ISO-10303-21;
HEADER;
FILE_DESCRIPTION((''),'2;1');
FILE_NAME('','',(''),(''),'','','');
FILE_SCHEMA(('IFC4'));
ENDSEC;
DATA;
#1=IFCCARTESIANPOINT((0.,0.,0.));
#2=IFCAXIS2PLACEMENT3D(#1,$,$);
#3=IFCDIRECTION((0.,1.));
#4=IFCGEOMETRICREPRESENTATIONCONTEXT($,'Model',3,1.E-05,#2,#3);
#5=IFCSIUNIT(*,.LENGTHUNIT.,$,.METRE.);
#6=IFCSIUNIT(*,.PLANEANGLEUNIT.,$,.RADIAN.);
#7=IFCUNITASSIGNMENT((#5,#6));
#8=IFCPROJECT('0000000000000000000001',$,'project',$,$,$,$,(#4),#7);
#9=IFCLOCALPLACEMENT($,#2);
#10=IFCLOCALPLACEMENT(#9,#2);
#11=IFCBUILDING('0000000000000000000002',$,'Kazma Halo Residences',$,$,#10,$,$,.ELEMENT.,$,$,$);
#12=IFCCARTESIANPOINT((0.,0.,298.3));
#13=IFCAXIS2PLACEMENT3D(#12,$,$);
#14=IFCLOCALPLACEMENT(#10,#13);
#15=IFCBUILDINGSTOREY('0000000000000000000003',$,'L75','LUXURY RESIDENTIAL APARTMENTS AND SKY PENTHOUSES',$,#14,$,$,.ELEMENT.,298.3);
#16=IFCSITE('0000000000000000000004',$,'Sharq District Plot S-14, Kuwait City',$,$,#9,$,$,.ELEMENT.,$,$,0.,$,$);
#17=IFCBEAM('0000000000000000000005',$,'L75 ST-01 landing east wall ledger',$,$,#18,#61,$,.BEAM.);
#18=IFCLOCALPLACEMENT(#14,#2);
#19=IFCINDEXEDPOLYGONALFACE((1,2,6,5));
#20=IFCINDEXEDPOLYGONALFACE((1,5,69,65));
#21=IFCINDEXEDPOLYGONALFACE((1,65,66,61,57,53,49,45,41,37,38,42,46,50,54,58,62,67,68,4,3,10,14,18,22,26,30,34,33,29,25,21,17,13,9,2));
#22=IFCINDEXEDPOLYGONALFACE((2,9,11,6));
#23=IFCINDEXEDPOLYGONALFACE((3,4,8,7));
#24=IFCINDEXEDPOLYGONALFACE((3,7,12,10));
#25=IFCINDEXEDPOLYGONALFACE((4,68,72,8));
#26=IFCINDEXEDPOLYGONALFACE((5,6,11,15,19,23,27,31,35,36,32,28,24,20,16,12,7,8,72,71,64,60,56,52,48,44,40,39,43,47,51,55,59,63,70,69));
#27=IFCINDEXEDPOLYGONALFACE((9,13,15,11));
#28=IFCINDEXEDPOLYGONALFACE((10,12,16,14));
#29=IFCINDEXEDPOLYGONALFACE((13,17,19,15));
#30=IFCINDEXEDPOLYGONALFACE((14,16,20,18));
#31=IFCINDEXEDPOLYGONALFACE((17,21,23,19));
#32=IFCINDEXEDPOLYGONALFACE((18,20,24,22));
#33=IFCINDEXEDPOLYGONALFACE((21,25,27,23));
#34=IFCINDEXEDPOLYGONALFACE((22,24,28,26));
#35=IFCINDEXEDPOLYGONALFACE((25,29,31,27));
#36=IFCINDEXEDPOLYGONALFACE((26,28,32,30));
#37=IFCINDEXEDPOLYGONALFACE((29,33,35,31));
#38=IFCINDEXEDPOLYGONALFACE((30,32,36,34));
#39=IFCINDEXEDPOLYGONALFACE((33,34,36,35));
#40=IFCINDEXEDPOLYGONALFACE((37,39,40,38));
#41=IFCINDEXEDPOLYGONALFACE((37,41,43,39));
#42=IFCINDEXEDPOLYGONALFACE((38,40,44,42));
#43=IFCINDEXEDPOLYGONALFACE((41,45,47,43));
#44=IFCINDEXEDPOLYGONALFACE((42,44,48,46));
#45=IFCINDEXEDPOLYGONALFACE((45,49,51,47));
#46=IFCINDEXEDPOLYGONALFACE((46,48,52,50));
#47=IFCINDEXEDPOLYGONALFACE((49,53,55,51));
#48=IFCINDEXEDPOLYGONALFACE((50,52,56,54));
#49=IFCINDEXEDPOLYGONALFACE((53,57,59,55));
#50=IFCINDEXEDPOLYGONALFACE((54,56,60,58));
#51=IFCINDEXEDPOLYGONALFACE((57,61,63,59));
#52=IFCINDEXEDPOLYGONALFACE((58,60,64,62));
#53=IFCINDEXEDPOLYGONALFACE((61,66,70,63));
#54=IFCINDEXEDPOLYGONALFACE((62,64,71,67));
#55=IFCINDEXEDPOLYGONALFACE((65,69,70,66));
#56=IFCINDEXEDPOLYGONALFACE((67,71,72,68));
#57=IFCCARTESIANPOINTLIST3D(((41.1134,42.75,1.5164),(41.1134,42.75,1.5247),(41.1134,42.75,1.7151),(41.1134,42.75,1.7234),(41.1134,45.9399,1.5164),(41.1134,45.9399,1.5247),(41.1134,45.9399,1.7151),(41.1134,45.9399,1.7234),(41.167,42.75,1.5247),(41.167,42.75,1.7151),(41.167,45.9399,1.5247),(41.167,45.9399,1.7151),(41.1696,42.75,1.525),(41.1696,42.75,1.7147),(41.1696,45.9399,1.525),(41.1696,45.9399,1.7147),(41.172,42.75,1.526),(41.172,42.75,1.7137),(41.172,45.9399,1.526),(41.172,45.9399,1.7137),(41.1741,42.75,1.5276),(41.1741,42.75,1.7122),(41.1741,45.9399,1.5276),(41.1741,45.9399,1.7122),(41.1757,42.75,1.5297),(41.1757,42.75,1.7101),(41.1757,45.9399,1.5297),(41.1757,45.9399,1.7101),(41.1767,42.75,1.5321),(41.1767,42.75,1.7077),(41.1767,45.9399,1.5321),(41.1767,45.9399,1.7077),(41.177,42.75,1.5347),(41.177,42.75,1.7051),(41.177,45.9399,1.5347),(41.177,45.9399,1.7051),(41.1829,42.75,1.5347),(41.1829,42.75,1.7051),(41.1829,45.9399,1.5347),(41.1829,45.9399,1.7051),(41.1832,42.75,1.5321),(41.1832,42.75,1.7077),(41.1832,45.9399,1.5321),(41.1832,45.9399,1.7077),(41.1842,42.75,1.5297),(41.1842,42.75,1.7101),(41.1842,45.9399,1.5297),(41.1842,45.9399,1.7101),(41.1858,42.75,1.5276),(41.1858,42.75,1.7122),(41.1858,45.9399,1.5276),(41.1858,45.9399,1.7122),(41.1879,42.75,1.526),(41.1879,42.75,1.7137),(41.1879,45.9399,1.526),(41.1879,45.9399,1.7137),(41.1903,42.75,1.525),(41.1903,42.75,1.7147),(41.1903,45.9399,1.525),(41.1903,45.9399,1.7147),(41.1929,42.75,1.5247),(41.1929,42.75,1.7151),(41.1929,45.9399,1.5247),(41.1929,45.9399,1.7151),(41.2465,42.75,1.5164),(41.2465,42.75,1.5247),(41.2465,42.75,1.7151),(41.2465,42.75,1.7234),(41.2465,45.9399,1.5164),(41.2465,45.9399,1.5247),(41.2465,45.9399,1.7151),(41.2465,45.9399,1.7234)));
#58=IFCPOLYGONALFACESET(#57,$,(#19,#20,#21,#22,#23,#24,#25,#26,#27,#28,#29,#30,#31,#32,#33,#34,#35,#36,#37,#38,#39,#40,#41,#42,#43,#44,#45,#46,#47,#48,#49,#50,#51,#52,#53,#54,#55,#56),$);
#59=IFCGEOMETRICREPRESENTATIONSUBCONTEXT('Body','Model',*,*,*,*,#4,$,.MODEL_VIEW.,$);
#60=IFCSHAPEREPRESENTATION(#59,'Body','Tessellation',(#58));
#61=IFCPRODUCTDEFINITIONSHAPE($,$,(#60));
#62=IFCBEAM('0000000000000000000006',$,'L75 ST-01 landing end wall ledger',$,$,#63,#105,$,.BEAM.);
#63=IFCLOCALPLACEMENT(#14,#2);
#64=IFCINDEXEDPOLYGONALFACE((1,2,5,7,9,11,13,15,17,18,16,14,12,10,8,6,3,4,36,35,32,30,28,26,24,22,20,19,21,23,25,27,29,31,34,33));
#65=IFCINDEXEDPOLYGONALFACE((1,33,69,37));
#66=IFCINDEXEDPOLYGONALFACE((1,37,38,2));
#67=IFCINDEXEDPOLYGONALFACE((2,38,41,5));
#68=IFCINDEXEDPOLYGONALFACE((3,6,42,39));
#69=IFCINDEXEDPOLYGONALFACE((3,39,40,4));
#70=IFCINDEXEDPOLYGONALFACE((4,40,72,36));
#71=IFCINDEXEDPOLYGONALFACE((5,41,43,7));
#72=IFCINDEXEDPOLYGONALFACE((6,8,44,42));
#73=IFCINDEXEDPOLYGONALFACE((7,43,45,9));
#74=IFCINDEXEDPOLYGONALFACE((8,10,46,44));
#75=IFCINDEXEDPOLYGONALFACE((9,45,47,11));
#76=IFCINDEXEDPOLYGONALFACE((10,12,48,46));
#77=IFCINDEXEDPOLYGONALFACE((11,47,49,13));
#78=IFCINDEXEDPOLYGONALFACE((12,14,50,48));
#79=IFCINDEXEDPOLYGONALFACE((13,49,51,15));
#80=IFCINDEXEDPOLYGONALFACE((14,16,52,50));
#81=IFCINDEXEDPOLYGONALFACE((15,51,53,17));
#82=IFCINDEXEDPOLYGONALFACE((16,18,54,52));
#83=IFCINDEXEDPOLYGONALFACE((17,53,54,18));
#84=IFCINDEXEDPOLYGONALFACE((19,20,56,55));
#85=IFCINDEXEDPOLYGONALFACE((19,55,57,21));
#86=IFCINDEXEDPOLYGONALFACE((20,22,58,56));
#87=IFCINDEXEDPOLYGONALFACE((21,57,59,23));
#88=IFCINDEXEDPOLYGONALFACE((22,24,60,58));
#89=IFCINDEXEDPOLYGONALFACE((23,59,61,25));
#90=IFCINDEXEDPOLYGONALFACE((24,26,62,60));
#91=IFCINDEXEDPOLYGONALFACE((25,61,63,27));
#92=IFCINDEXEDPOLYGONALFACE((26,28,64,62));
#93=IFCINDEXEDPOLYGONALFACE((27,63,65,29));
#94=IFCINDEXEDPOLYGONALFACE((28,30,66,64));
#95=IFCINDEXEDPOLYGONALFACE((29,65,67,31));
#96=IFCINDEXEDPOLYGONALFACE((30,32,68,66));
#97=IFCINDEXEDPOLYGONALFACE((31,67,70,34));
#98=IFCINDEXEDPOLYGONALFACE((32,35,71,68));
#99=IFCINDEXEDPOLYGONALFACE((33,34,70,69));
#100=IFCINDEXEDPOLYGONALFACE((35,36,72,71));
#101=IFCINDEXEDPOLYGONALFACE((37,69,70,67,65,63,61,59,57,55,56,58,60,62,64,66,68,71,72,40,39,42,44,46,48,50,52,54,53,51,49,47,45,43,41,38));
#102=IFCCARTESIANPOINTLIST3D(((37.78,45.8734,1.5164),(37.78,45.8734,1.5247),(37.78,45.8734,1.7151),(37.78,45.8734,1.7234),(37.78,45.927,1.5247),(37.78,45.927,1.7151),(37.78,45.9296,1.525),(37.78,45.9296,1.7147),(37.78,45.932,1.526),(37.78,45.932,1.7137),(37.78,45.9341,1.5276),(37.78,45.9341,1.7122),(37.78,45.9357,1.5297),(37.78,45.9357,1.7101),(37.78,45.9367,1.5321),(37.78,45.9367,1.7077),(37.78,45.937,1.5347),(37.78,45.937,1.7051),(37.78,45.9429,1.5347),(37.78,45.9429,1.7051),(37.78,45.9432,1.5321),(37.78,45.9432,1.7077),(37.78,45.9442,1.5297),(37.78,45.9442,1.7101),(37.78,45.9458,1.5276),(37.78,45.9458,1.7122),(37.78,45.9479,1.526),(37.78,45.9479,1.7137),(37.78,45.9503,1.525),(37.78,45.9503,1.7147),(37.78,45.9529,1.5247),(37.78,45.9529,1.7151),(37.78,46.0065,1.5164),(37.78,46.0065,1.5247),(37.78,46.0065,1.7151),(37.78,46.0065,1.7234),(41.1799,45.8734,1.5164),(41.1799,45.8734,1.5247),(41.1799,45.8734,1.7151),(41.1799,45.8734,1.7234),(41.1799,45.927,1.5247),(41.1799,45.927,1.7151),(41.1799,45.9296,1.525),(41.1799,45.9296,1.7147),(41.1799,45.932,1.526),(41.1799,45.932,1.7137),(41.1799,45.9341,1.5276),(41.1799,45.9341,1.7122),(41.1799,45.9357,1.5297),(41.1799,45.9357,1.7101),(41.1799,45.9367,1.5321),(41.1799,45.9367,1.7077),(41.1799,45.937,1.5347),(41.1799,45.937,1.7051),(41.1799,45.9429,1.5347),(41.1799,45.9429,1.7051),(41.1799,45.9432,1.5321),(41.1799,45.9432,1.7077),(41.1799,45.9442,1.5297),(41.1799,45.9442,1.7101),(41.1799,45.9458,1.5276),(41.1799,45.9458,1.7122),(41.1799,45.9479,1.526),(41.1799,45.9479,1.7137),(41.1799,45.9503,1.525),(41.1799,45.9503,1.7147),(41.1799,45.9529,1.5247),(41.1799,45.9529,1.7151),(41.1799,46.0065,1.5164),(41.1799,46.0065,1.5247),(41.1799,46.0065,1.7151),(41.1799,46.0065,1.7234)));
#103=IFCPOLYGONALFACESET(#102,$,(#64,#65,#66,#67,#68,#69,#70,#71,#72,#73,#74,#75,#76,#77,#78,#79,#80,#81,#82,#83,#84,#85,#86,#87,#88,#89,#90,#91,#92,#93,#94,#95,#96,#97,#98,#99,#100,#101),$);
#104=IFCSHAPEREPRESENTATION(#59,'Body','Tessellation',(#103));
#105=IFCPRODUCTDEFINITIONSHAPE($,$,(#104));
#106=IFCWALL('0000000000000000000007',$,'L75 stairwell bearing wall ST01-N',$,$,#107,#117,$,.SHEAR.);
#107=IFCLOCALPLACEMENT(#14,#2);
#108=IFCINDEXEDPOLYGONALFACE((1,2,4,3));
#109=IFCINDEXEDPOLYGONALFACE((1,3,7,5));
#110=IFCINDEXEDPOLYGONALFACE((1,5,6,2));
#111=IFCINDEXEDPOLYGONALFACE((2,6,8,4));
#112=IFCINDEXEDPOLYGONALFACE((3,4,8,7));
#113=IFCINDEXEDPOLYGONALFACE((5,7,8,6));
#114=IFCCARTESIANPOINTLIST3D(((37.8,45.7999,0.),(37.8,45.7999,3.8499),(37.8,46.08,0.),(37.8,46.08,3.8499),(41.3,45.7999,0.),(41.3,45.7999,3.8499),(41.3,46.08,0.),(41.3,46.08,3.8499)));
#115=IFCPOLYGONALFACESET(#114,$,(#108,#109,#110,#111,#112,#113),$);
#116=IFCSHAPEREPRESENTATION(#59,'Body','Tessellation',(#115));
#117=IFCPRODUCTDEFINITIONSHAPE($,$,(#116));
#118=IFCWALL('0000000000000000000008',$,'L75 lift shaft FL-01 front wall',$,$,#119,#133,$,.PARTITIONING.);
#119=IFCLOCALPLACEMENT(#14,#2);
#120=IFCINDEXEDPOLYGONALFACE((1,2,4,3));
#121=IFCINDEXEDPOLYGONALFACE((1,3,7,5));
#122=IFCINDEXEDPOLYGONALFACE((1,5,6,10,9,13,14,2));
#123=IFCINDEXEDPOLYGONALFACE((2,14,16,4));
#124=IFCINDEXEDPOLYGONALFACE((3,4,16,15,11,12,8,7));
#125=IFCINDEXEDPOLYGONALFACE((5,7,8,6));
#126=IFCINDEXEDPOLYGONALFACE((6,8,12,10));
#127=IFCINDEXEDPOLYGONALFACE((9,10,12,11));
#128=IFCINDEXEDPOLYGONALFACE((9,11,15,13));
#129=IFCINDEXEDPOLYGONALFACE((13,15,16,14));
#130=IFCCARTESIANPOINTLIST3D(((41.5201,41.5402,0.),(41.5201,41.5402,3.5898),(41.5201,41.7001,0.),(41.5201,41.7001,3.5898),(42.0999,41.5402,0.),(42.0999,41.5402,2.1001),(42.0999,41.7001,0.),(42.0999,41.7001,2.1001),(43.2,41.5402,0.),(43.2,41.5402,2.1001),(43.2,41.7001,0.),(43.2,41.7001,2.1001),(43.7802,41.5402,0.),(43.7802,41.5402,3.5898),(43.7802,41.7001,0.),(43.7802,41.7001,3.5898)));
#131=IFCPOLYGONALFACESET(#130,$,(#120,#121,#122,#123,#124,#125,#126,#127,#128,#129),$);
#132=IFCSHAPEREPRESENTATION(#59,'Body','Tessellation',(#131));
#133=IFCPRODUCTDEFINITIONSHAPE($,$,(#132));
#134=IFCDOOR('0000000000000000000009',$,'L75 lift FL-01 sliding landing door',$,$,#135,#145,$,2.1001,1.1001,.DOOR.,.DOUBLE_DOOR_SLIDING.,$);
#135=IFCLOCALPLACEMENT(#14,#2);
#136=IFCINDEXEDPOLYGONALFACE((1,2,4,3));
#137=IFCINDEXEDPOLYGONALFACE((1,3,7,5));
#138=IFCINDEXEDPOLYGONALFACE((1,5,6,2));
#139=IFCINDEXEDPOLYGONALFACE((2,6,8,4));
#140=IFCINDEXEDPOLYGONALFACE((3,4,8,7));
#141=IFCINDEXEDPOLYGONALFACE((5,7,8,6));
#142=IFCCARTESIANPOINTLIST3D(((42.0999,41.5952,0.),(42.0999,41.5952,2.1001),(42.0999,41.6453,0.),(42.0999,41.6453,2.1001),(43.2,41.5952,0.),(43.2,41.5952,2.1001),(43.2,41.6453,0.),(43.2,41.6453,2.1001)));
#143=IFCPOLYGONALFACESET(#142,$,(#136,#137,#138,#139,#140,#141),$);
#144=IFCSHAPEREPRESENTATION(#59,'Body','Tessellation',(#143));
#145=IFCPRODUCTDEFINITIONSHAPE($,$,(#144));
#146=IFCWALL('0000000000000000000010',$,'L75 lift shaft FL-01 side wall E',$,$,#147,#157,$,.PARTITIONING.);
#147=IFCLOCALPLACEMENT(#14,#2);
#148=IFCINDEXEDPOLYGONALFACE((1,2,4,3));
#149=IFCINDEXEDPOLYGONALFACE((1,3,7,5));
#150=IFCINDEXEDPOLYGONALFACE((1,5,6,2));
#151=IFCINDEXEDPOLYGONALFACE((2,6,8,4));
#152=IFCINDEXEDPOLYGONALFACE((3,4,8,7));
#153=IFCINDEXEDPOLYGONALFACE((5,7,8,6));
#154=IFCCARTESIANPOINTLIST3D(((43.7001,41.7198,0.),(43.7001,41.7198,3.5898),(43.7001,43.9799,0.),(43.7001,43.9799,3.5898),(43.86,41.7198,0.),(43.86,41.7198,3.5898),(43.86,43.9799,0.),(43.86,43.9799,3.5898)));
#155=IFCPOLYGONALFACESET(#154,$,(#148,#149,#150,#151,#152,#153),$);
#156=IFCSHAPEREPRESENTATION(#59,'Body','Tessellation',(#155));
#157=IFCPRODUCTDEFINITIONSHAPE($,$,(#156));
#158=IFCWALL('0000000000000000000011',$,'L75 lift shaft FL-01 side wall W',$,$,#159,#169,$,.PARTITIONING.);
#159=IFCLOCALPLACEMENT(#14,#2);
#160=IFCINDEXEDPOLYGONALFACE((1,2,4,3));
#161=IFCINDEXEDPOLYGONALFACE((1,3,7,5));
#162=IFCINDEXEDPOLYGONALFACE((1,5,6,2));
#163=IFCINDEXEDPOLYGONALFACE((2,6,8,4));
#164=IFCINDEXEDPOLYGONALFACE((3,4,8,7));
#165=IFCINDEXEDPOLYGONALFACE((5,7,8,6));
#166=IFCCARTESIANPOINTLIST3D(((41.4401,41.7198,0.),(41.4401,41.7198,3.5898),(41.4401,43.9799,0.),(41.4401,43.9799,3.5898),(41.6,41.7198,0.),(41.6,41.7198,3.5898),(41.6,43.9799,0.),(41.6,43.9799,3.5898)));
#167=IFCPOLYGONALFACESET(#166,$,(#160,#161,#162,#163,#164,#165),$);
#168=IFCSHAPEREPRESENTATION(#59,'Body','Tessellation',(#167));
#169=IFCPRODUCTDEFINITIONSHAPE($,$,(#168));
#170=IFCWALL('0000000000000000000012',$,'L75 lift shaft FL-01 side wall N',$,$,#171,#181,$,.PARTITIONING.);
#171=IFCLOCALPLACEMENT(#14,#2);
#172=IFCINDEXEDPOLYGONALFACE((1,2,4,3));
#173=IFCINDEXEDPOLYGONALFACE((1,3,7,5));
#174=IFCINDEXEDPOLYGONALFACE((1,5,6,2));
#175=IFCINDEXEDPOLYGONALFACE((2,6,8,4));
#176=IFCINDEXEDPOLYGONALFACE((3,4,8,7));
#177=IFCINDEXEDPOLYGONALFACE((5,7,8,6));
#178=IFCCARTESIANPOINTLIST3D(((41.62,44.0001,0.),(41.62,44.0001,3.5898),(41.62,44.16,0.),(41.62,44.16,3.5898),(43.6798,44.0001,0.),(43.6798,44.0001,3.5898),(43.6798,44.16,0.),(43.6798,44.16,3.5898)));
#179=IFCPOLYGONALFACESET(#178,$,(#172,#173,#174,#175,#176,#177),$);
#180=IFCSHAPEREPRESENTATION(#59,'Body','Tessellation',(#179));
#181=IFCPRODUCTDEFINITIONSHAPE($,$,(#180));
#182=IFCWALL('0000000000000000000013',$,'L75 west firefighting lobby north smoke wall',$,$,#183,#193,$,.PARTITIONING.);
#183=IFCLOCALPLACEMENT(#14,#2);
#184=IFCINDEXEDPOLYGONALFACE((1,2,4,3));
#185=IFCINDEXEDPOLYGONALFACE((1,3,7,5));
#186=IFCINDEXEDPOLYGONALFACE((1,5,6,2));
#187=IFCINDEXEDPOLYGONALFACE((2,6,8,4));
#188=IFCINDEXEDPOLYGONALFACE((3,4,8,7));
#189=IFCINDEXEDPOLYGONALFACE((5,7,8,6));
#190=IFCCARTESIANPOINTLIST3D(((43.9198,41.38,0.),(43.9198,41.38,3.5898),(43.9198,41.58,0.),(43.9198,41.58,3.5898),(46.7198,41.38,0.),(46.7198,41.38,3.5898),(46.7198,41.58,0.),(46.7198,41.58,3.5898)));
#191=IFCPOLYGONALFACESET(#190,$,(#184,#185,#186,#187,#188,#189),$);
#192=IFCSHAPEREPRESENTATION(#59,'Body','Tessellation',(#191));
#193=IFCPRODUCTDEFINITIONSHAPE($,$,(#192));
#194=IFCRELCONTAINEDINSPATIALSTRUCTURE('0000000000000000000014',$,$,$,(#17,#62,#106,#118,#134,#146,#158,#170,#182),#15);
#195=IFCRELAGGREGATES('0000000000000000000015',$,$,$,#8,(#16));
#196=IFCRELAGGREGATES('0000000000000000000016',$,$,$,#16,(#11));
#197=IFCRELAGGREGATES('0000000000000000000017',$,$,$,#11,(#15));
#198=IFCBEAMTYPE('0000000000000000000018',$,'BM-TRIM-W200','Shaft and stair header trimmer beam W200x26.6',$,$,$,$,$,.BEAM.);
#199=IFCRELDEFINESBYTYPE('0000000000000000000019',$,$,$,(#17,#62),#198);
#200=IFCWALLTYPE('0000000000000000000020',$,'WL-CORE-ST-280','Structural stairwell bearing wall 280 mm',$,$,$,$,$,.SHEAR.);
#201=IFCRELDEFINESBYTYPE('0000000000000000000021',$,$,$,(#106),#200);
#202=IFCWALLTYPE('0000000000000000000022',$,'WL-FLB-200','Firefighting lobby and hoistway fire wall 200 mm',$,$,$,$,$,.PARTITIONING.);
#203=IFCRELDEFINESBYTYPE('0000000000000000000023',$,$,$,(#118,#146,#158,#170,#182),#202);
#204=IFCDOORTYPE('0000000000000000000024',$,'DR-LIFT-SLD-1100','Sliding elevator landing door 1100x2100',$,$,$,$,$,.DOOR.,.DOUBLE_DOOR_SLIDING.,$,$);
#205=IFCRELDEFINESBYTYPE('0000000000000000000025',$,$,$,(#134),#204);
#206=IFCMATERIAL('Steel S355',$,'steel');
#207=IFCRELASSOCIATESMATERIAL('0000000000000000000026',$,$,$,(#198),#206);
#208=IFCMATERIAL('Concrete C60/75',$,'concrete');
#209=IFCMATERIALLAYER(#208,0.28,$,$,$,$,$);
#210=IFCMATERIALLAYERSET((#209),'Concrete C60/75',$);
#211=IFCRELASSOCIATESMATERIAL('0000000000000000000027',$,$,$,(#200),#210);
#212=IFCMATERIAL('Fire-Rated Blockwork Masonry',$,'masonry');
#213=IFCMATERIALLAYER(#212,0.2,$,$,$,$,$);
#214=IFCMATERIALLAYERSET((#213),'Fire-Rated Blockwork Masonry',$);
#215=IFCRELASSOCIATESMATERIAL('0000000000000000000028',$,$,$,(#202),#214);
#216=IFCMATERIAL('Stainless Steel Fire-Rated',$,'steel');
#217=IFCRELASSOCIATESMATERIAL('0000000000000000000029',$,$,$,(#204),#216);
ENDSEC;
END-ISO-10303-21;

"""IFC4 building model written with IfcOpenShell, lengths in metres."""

from ifc_helpers import new_model, si_unit, direction, frame, frame_2d, origin, origin_2d, place, context, subcontext, project, spatial, rectangle, i_section, extrude, material, layer, layer_set, material_profile, profile_set, type_object, element, fill, save


model = new_model("IFC4")

# Units and contexts
model_context = context("Model", 3, precision=1e-05, world=origin(), true_north=direction((0.0, 1.0)))
body_context = subcontext(model_context, "Body", "Model", "MODEL_VIEW")
ifc_project = project(units=[si_unit("LENGTHUNIT", "METRE"), si_unit("PLANEANGLEUNIT", "RADIAN")], contexts=[model_context])

# Site, building, storey
site_placement = place(None, origin())
site = spatial("IfcSite", under=ifc_project, at=site_placement, Name="Sharq District Plot S-14, Kuwait City", CompositionType="ELEMENT", RefElevation=0.0)
building_placement = place(site_placement, origin())
building = spatial("IfcBuilding", under=site, at=building_placement, Name="Kazma Halo Residences", CompositionType="ELEMENT")
storey_placement = place(building_placement, frame((0.0, 0.0, 298.3)))
storey = spatial("IfcBuildingStorey", under=building, at=storey_placement, Name="L75", Description="LUXURY RESIDENTIAL APARTMENTS AND SKY PENTHOUSES", CompositionType="ELEMENT", Elevation=298.3)

# Shared definitions
ifc_material_1 = material(Name="Steel S355", Category="steel")

# Beams
ifc_material_profile_1 = material_profile(ifc_material_1, i_section(OverallWidth=0.1331, OverallDepth=0.207, WebThickness=0.0059, FlangeThickness=0.0083, FilletRadius=0.01, at=origin_2d()), Name="W200x26.6")
ifc_profile_set_1 = profile_set([ifc_material_profile_1], Name="Steel S355")
beam_type_1 = type_object("IfcBeamType", Name="BM-TRIM-W200", Description="Shaft and stair header trimmer beam W200x26.6", PredefinedType="BEAM", material=ifc_profile_set_1)
beam_1_placement = place(storey_placement, frame((41.1799, 42.75, 1.6199), z_axis=(0.0, 1.0, 0.0), x_axis=(-1.0, 0.0, 0.0)))
element("IfcBeam", 1, at=beam_1_placement, inside=storey, type_object=beam_type_1, Name="L75 ST-01 landing east wall ledger", PredefinedType="BEAM", context=body_context, shape_type="SweptSolid", body=[
    extrude(i_section(OverallWidth=0.1331, OverallDepth=0.207, WebThickness=0.0059, FlangeThickness=0.0083, FilletRadius=0.01, at=origin_2d()), origin(), (0.0, 0.0, 1.0), 3.1899),
])
beam_2_placement = place(storey_placement, frame((37.78, 45.9399, 1.6199), z_axis=(1.0, 0.0, 0.0), x_axis=(0.0, 1.0, 0.0)))
element("IfcBeam", 2, at=beam_2_placement, inside=storey, type_object=beam_type_1, Name="L75 ST-01 landing end wall ledger", PredefinedType="BEAM", context=body_context, shape_type="SweptSolid", body=[
    extrude(i_section(OverallWidth=0.1331, OverallDepth=0.207, WebThickness=0.0059, FlangeThickness=0.0083, FilletRadius=0.01, at=origin_2d()), origin(), (0.0, 0.0, 1.0), 3.3999),
])

# Wall
ifc_material_2 = material(Name="Concrete C60/75", Category="concrete")
ifc_layer_1 = layer(ifc_material_2, 0.28)
ifc_layer_set_1 = layer_set([ifc_layer_1], Name="Concrete C60/75")
wall_type_1 = type_object("IfcWallType", Name="WL-CORE-ST-280", Description="Structural stairwell bearing wall 280 mm", PredefinedType="SHEAR", material=ifc_layer_set_1)
wall_1_placement = place(storey_placement, frame((37.8, 45.9399, 0.0), z_axis=(0.0, 0.0, 1.0), x_axis=(1.0, 0.0, 0.0)))
element("IfcWall", 3, at=wall_1_placement, inside=storey, type_object=wall_type_1, Name="L75 stairwell bearing wall ST01-N", PredefinedType="SHEAR", context=body_context, shape_type="SweptSolid", body=[
    extrude(rectangle(XDim=3.5, YDim=0.28, at=frame_2d((1.75, 0.0))), origin(), (0.0, 0.0, 1.0), 3.8499),
])

# Wall, opening, door
ifc_material_3 = material(Name="Fire-Rated Blockwork Masonry", Category="masonry")
ifc_layer_2 = layer(ifc_material_3, 0.2)
ifc_layer_set_2 = layer_set([ifc_layer_2], Name="Fire-Rated Blockwork Masonry")
wall_type_2 = type_object("IfcWallType", Name="WL-FLB-200", Description="Firefighting lobby and hoistway fire wall 200 mm", PredefinedType="PARTITIONING", material=ifc_layer_set_2)
wall_2_placement = place(storey_placement, frame((43.78, 41.6201, 0.0), z_axis=(0.0, 0.0, 1.0), x_axis=(-1.0, 0.0, 0.0)))
wall_2 = element("IfcWall", 4, at=wall_2_placement, inside=storey, type_object=wall_type_2, Name="L75 lift shaft FL-01 front wall", PredefinedType="PARTITIONING", context=body_context, shape_type="SweptSolid", body=[
    extrude(rectangle(XDim=2.26, YDim=0.1599, at=frame_2d((1.1299, 0.0))), origin(), (0.0, 0.0, 1.0), 3.5898),
])
opening_1_placement = place(wall_2_placement, frame((0.5801, 0.0, 0.0)))
opening_1 = element("IfcOpeningElement", 5, at=opening_1_placement, cuts=wall_2, PredefinedType="OPENING", context=body_context, shape_type="SweptSolid", body=[
    extrude(rectangle(XDim=1.1001, YDim=2.1001, at=frame_2d((0.55, 1.05))), frame((0.0, 0.0898, 0.0), z_axis=(0.0, -1.0, 0.0), x_axis=(1.0, 0.0, 0.0)), (0.0, 0.0, 1.0), 0.1799),
])
ifc_material_4 = material(Name="Stainless Steel Fire-Rated", Category="steel")
door_type_1 = type_object("IfcDoorType", Name="DR-LIFT-SLD-1100", Description="Sliding elevator landing door 1100x2100", OperationType="DOUBLE_DOOR_SLIDING", PredefinedType="DOOR", material=ifc_material_4)
door_1_placement = place(opening_1_placement, origin())
door_1 = element("IfcDoor", 6, at=door_1_placement, inside=storey, type_object=door_type_1, Name="L75 lift FL-01 sliding landing door", OperationType="DOUBLE_DOOR_SLIDING", OverallHeight=2.1001, OverallWidth=1.1001, PredefinedType="DOOR", context=body_context, shape_type="SweptSolid", body=[
    extrude(rectangle(XDim=1.1001, YDim=2.1001, at=frame_2d((0.55, 1.05))), frame((0.0, 0.0249, 0.0), z_axis=(0.0, -1.0, 0.0), x_axis=(1.0, 0.0, 0.0)), (0.0, 0.0, 1.0), 0.05),
])
fill(opening_1, door_1)

# Walls
for number, where, z_axis, x_axis, name in (
    (7, (43.78, 41.72, 0.0), (0.0, 0.0, 1.0), (0.0, 1.0, 0.0), "L75 lift shaft FL-01 side wall E"),
    (8, (41.52, 41.72, 0.0), (0.0, 0.0, 1.0), (0.0, 1.0, 0.0), "L75 lift shaft FL-01 side wall W"),
):
    element("IfcWall", number, at=place(storey_placement, frame(where, z_axis=z_axis, x_axis=x_axis)), inside=storey, type_object=wall_type_2, Name=name, PredefinedType="PARTITIONING", context=body_context, shape_type="SweptSolid", body=[
        extrude(rectangle(XDim=2.26, YDim=0.1599, at=frame_2d((1.1299, 0.0))), origin(), (0.0, 0.0, 1.0), 3.5898),
    ])
wall_3_placement = place(storey_placement, frame((41.6201, 44.0801, 0.0), z_axis=(0.0, 0.0, 1.0), x_axis=(1.0, 0.0, 0.0)))
element("IfcWall", 9, at=wall_3_placement, inside=storey, type_object=wall_type_2, Name="L75 lift shaft FL-01 side wall N", PredefinedType="PARTITIONING", context=body_context, shape_type="SweptSolid", body=[
    extrude(rectangle(XDim=2.0598, YDim=0.1599, at=frame_2d((1.0298, 0.0))), origin(), (0.0, 0.0, 1.0), 3.5898),
])
wall_4_placement = place(storey_placement, frame((43.9199, 41.48, 0.0), z_axis=(0.0, 0.0, 1.0), x_axis=(1.0, 0.0, 0.0)))
element("IfcWall", 10, at=wall_4_placement, inside=storey, type_object=wall_type_2, Name="L75 west firefighting lobby north smoke wall", PredefinedType="PARTITIONING", context=body_context, shape_type="SweptSolid", body=[
    extrude(rectangle(XDim=2.8, YDim=0.2, at=frame_2d((1.3999, 0.0))), origin(), (0.0, 0.0, 1.0), 3.5898),
])

save(model, "model.ifc")
